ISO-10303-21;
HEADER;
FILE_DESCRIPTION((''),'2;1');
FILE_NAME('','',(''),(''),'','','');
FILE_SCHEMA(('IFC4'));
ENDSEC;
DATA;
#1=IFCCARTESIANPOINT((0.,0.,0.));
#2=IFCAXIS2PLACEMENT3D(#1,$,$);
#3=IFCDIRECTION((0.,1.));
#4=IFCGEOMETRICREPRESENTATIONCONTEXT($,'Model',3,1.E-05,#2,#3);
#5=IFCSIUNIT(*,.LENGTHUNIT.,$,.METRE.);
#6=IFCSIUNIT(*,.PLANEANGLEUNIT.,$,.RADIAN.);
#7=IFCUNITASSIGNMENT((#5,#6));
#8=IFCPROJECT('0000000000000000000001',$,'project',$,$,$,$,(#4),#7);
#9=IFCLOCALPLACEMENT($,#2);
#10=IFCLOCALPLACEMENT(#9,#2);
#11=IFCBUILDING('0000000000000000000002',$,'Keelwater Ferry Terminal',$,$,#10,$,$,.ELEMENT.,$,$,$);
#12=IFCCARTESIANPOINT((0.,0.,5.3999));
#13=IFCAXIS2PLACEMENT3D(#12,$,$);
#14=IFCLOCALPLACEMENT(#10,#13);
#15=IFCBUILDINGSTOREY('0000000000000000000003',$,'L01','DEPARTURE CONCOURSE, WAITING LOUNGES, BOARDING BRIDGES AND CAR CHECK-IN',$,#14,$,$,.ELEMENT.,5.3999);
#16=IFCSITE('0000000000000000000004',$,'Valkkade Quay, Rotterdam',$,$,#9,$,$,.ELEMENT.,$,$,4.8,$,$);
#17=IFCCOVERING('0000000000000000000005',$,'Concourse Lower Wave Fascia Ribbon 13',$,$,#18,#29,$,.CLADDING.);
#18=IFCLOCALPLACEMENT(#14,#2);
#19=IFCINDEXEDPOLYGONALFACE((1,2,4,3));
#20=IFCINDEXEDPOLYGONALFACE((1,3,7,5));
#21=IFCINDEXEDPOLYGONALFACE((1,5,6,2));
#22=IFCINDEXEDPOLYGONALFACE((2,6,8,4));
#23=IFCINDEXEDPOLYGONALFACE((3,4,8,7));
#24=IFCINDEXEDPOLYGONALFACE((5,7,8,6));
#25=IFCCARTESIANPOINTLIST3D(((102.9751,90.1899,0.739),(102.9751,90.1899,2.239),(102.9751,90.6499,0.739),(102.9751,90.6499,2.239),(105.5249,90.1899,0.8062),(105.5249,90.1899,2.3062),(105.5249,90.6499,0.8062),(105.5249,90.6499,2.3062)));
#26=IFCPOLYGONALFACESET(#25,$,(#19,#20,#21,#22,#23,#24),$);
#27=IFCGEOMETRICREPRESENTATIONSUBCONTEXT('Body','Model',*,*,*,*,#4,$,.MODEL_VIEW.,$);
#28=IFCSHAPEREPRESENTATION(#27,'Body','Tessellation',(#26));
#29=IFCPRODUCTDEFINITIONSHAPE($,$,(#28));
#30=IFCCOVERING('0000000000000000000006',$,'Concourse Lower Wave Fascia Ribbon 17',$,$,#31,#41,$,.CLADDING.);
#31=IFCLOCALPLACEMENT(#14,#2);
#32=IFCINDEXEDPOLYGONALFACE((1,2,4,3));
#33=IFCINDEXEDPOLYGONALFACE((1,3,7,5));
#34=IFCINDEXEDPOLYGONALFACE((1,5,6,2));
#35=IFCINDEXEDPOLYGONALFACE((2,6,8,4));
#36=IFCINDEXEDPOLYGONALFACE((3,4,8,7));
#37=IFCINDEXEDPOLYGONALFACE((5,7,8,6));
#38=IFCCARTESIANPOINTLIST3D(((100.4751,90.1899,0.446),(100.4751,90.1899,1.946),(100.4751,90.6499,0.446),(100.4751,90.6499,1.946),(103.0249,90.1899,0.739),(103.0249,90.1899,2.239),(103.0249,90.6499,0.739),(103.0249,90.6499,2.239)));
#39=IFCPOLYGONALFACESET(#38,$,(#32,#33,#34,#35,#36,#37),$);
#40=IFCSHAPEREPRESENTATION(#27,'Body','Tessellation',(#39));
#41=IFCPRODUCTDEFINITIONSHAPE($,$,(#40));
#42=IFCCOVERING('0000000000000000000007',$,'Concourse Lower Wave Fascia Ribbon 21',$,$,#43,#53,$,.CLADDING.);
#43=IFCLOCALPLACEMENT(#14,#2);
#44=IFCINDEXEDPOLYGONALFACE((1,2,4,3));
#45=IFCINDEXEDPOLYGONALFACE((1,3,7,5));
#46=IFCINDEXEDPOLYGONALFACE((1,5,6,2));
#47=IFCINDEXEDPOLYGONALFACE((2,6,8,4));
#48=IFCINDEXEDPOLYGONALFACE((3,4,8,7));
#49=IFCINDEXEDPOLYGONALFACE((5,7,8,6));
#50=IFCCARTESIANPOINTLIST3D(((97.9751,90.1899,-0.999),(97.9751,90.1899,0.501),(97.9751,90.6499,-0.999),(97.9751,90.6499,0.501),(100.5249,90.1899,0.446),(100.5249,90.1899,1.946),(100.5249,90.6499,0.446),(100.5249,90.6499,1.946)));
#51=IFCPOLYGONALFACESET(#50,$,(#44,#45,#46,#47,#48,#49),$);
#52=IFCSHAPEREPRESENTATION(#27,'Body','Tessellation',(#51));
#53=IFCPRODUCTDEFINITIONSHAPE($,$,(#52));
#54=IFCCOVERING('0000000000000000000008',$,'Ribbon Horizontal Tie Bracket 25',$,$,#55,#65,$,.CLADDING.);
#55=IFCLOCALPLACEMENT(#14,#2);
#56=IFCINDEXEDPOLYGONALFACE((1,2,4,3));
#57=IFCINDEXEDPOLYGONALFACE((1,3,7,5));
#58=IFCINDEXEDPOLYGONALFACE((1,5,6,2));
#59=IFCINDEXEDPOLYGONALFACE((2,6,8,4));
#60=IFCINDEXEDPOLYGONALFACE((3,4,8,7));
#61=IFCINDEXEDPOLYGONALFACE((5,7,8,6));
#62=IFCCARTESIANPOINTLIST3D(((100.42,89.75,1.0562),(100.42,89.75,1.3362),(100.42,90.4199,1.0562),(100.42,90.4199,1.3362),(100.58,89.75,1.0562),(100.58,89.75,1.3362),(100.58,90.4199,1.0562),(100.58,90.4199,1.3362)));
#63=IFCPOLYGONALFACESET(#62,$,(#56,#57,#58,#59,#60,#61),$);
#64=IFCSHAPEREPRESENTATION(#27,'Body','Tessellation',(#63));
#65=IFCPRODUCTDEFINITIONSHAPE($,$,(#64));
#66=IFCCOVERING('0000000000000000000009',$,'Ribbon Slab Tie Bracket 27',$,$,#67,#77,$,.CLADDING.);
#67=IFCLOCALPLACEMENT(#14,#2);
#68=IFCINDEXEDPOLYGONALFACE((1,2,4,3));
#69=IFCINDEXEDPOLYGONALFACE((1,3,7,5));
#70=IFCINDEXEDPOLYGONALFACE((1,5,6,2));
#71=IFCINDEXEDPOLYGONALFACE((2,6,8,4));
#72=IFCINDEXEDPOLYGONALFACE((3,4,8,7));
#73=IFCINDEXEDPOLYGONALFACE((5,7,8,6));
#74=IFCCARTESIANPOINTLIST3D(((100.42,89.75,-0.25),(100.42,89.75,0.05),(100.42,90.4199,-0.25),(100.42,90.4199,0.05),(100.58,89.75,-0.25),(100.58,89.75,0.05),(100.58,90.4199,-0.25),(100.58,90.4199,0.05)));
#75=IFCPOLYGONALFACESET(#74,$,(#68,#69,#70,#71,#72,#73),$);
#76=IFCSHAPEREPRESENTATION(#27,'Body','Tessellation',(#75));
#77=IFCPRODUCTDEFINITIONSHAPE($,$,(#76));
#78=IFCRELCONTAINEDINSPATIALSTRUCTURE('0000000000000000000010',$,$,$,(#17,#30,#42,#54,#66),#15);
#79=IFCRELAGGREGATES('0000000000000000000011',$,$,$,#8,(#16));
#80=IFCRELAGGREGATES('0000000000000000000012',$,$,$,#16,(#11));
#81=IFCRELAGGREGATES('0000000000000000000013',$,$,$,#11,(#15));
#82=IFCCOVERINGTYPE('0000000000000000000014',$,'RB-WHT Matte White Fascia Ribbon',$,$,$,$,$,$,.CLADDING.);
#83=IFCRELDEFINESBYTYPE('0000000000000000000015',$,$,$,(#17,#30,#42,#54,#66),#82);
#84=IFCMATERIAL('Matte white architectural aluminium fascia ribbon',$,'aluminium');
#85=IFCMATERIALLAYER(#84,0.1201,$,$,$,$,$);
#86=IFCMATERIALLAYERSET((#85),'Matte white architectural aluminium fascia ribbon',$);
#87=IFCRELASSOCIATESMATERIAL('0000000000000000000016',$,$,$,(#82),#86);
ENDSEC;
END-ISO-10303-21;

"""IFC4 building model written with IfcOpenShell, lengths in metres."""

from ifc_helpers import new_model, si_unit, direction, frame, frame_2d, origin, place, context, subcontext, project, spatial, polyline, rectangle, outline, extrude, material, layer, layer_set, type_object, element, save


model = new_model("IFC4")

# Units and contexts
model_context = context("Model", 3, precision=1e-05, world=origin(), true_north=direction((0.0, 1.0)))
body_context = subcontext(model_context, "Body", "Model", "MODEL_VIEW")
ifc_project = project(units=[si_unit("LENGTHUNIT", "METRE"), si_unit("PLANEANGLEUNIT", "RADIAN")], contexts=[model_context])

# Site, building, storey
site_placement = place(None, origin())
site = spatial("IfcSite", under=ifc_project, at=site_placement, Name="Valkkade Quay, Rotterdam", CompositionType="ELEMENT", RefElevation=4.8)
building_placement = place(site_placement, origin())
building = spatial("IfcBuilding", under=site, at=building_placement, Name="Keelwater Ferry Terminal", CompositionType="ELEMENT")
storey_placement = place(building_placement, frame((0.0, 0.0, 5.3999)))
storey = spatial("IfcBuildingStorey", under=building, at=storey_placement, Name="L01", Description="DEPARTURE CONCOURSE, WAITING LOUNGES, BOARDING BRIDGES AND CAR CHECK-IN", CompositionType="ELEMENT", Elevation=5.3999)

# Coverings
ifc_material_1 = material(Name="Matte white architectural aluminium fascia ribbon", Category="aluminium")
ifc_layer_1 = layer(ifc_material_1, 0.1201)
ifc_layer_set_1 = layer_set([ifc_layer_1], Name="Matte white architectural aluminium fascia ribbon")
covering_type = type_object("IfcCoveringType", Name="RB-WHT Matte White Fascia Ribbon", PredefinedType="CLADDING", material=ifc_layer_set_1)
covering_1_placement = place(storey_placement, frame((105.5249, 90.4199, 0.739), z_axis=(0.0, 0.0, 1.0), x_axis=(-1.0, 0.0, 0.0)))
element("IfcCovering", 1, at=covering_1_placement, inside=storey, type_object=covering_type, Name="Concourse Lower Wave Fascia Ribbon 13", PredefinedType="CLADDING", context=body_context, shape_type="SweptSolid", body=[
    extrude(outline(polyline([(0.0, 0.0671), (2.5498, 0.0), (2.5498, 1.5), (0.0, 1.5671), (0.0, 0.0671)])), frame((0.0, 0.23, 0.0), z_axis=(0.0, -1.0, 0.0), x_axis=(1.0, 0.0, 0.0)), (0.0, 0.0, 1.0), 0.46),
])
covering_2_placement = place(storey_placement, frame((103.0249, 90.4199, 0.446), z_axis=(0.0, 0.0, 1.0), x_axis=(-1.0, 0.0, 0.0)))
element("IfcCovering", 2, at=covering_2_placement, inside=storey, type_object=covering_type, Name="Concourse Lower Wave Fascia Ribbon 17", PredefinedType="CLADDING", context=body_context, shape_type="SweptSolid", body=[
    extrude(outline(polyline([(0.0, 0.293), (2.5498, 0.0), (2.5498, 1.5), (0.0, 1.793), (0.0, 0.293)])), frame((0.0, 0.23, 0.0), z_axis=(0.0, -1.0, 0.0), x_axis=(1.0, 0.0, 0.0)), (0.0, 0.0, 1.0), 0.46),
])
covering_3_placement = place(storey_placement, frame((100.5249, 90.4199, -0.999), z_axis=(0.0, 0.0, 1.0), x_axis=(-1.0, 0.0, 0.0)))
element("IfcCovering", 3, at=covering_3_placement, inside=storey, type_object=covering_type, Name="Concourse Lower Wave Fascia Ribbon 21", PredefinedType="CLADDING", context=body_context, shape_type="SweptSolid", body=[
    extrude(outline(polyline([(0.0, 1.4451), (2.5498, 0.0), (2.5498, 1.5), (0.0, 2.9451), (0.0, 1.4451)])), frame((0.0, 0.23, 0.0), z_axis=(0.0, -1.0, 0.0), x_axis=(1.0, 0.0, 0.0)), (0.0, 0.0, 1.0), 0.46),
])
covering_4_placement = place(storey_placement, frame((100.5, 90.4199, 1.0562), z_axis=(0.0, 0.0, 1.0), x_axis=(0.0, -1.0, 0.0)))
element("IfcCovering", 4, at=covering_4_placement, inside=storey, type_object=covering_type, Name="Ribbon Horizontal Tie Bracket 25", PredefinedType="CLADDING", context=body_context, shape_type="SweptSolid", body=[
    extrude(rectangle(XDim=0.6699, YDim=0.1599, at=frame_2d((0.335, 0.0))), origin(), (0.0, 0.0, 1.0), 0.28),
])
covering_5_placement = place(storey_placement, frame((100.5, 90.4199, -0.25), z_axis=(0.0, 0.0, 1.0), x_axis=(0.0, -1.0, 0.0)))
element("IfcCovering", 5, at=covering_5_placement, inside=storey, type_object=covering_type, Name="Ribbon Slab Tie Bracket 27", PredefinedType="CLADDING", context=body_context, shape_type="SweptSolid", body=[
    extrude(rectangle(XDim=0.6699, YDim=0.1599, at=frame_2d((0.335, 0.0))), origin(), (0.0, 0.0, 1.0), 0.3),
])

save(model, "model.ifc")
